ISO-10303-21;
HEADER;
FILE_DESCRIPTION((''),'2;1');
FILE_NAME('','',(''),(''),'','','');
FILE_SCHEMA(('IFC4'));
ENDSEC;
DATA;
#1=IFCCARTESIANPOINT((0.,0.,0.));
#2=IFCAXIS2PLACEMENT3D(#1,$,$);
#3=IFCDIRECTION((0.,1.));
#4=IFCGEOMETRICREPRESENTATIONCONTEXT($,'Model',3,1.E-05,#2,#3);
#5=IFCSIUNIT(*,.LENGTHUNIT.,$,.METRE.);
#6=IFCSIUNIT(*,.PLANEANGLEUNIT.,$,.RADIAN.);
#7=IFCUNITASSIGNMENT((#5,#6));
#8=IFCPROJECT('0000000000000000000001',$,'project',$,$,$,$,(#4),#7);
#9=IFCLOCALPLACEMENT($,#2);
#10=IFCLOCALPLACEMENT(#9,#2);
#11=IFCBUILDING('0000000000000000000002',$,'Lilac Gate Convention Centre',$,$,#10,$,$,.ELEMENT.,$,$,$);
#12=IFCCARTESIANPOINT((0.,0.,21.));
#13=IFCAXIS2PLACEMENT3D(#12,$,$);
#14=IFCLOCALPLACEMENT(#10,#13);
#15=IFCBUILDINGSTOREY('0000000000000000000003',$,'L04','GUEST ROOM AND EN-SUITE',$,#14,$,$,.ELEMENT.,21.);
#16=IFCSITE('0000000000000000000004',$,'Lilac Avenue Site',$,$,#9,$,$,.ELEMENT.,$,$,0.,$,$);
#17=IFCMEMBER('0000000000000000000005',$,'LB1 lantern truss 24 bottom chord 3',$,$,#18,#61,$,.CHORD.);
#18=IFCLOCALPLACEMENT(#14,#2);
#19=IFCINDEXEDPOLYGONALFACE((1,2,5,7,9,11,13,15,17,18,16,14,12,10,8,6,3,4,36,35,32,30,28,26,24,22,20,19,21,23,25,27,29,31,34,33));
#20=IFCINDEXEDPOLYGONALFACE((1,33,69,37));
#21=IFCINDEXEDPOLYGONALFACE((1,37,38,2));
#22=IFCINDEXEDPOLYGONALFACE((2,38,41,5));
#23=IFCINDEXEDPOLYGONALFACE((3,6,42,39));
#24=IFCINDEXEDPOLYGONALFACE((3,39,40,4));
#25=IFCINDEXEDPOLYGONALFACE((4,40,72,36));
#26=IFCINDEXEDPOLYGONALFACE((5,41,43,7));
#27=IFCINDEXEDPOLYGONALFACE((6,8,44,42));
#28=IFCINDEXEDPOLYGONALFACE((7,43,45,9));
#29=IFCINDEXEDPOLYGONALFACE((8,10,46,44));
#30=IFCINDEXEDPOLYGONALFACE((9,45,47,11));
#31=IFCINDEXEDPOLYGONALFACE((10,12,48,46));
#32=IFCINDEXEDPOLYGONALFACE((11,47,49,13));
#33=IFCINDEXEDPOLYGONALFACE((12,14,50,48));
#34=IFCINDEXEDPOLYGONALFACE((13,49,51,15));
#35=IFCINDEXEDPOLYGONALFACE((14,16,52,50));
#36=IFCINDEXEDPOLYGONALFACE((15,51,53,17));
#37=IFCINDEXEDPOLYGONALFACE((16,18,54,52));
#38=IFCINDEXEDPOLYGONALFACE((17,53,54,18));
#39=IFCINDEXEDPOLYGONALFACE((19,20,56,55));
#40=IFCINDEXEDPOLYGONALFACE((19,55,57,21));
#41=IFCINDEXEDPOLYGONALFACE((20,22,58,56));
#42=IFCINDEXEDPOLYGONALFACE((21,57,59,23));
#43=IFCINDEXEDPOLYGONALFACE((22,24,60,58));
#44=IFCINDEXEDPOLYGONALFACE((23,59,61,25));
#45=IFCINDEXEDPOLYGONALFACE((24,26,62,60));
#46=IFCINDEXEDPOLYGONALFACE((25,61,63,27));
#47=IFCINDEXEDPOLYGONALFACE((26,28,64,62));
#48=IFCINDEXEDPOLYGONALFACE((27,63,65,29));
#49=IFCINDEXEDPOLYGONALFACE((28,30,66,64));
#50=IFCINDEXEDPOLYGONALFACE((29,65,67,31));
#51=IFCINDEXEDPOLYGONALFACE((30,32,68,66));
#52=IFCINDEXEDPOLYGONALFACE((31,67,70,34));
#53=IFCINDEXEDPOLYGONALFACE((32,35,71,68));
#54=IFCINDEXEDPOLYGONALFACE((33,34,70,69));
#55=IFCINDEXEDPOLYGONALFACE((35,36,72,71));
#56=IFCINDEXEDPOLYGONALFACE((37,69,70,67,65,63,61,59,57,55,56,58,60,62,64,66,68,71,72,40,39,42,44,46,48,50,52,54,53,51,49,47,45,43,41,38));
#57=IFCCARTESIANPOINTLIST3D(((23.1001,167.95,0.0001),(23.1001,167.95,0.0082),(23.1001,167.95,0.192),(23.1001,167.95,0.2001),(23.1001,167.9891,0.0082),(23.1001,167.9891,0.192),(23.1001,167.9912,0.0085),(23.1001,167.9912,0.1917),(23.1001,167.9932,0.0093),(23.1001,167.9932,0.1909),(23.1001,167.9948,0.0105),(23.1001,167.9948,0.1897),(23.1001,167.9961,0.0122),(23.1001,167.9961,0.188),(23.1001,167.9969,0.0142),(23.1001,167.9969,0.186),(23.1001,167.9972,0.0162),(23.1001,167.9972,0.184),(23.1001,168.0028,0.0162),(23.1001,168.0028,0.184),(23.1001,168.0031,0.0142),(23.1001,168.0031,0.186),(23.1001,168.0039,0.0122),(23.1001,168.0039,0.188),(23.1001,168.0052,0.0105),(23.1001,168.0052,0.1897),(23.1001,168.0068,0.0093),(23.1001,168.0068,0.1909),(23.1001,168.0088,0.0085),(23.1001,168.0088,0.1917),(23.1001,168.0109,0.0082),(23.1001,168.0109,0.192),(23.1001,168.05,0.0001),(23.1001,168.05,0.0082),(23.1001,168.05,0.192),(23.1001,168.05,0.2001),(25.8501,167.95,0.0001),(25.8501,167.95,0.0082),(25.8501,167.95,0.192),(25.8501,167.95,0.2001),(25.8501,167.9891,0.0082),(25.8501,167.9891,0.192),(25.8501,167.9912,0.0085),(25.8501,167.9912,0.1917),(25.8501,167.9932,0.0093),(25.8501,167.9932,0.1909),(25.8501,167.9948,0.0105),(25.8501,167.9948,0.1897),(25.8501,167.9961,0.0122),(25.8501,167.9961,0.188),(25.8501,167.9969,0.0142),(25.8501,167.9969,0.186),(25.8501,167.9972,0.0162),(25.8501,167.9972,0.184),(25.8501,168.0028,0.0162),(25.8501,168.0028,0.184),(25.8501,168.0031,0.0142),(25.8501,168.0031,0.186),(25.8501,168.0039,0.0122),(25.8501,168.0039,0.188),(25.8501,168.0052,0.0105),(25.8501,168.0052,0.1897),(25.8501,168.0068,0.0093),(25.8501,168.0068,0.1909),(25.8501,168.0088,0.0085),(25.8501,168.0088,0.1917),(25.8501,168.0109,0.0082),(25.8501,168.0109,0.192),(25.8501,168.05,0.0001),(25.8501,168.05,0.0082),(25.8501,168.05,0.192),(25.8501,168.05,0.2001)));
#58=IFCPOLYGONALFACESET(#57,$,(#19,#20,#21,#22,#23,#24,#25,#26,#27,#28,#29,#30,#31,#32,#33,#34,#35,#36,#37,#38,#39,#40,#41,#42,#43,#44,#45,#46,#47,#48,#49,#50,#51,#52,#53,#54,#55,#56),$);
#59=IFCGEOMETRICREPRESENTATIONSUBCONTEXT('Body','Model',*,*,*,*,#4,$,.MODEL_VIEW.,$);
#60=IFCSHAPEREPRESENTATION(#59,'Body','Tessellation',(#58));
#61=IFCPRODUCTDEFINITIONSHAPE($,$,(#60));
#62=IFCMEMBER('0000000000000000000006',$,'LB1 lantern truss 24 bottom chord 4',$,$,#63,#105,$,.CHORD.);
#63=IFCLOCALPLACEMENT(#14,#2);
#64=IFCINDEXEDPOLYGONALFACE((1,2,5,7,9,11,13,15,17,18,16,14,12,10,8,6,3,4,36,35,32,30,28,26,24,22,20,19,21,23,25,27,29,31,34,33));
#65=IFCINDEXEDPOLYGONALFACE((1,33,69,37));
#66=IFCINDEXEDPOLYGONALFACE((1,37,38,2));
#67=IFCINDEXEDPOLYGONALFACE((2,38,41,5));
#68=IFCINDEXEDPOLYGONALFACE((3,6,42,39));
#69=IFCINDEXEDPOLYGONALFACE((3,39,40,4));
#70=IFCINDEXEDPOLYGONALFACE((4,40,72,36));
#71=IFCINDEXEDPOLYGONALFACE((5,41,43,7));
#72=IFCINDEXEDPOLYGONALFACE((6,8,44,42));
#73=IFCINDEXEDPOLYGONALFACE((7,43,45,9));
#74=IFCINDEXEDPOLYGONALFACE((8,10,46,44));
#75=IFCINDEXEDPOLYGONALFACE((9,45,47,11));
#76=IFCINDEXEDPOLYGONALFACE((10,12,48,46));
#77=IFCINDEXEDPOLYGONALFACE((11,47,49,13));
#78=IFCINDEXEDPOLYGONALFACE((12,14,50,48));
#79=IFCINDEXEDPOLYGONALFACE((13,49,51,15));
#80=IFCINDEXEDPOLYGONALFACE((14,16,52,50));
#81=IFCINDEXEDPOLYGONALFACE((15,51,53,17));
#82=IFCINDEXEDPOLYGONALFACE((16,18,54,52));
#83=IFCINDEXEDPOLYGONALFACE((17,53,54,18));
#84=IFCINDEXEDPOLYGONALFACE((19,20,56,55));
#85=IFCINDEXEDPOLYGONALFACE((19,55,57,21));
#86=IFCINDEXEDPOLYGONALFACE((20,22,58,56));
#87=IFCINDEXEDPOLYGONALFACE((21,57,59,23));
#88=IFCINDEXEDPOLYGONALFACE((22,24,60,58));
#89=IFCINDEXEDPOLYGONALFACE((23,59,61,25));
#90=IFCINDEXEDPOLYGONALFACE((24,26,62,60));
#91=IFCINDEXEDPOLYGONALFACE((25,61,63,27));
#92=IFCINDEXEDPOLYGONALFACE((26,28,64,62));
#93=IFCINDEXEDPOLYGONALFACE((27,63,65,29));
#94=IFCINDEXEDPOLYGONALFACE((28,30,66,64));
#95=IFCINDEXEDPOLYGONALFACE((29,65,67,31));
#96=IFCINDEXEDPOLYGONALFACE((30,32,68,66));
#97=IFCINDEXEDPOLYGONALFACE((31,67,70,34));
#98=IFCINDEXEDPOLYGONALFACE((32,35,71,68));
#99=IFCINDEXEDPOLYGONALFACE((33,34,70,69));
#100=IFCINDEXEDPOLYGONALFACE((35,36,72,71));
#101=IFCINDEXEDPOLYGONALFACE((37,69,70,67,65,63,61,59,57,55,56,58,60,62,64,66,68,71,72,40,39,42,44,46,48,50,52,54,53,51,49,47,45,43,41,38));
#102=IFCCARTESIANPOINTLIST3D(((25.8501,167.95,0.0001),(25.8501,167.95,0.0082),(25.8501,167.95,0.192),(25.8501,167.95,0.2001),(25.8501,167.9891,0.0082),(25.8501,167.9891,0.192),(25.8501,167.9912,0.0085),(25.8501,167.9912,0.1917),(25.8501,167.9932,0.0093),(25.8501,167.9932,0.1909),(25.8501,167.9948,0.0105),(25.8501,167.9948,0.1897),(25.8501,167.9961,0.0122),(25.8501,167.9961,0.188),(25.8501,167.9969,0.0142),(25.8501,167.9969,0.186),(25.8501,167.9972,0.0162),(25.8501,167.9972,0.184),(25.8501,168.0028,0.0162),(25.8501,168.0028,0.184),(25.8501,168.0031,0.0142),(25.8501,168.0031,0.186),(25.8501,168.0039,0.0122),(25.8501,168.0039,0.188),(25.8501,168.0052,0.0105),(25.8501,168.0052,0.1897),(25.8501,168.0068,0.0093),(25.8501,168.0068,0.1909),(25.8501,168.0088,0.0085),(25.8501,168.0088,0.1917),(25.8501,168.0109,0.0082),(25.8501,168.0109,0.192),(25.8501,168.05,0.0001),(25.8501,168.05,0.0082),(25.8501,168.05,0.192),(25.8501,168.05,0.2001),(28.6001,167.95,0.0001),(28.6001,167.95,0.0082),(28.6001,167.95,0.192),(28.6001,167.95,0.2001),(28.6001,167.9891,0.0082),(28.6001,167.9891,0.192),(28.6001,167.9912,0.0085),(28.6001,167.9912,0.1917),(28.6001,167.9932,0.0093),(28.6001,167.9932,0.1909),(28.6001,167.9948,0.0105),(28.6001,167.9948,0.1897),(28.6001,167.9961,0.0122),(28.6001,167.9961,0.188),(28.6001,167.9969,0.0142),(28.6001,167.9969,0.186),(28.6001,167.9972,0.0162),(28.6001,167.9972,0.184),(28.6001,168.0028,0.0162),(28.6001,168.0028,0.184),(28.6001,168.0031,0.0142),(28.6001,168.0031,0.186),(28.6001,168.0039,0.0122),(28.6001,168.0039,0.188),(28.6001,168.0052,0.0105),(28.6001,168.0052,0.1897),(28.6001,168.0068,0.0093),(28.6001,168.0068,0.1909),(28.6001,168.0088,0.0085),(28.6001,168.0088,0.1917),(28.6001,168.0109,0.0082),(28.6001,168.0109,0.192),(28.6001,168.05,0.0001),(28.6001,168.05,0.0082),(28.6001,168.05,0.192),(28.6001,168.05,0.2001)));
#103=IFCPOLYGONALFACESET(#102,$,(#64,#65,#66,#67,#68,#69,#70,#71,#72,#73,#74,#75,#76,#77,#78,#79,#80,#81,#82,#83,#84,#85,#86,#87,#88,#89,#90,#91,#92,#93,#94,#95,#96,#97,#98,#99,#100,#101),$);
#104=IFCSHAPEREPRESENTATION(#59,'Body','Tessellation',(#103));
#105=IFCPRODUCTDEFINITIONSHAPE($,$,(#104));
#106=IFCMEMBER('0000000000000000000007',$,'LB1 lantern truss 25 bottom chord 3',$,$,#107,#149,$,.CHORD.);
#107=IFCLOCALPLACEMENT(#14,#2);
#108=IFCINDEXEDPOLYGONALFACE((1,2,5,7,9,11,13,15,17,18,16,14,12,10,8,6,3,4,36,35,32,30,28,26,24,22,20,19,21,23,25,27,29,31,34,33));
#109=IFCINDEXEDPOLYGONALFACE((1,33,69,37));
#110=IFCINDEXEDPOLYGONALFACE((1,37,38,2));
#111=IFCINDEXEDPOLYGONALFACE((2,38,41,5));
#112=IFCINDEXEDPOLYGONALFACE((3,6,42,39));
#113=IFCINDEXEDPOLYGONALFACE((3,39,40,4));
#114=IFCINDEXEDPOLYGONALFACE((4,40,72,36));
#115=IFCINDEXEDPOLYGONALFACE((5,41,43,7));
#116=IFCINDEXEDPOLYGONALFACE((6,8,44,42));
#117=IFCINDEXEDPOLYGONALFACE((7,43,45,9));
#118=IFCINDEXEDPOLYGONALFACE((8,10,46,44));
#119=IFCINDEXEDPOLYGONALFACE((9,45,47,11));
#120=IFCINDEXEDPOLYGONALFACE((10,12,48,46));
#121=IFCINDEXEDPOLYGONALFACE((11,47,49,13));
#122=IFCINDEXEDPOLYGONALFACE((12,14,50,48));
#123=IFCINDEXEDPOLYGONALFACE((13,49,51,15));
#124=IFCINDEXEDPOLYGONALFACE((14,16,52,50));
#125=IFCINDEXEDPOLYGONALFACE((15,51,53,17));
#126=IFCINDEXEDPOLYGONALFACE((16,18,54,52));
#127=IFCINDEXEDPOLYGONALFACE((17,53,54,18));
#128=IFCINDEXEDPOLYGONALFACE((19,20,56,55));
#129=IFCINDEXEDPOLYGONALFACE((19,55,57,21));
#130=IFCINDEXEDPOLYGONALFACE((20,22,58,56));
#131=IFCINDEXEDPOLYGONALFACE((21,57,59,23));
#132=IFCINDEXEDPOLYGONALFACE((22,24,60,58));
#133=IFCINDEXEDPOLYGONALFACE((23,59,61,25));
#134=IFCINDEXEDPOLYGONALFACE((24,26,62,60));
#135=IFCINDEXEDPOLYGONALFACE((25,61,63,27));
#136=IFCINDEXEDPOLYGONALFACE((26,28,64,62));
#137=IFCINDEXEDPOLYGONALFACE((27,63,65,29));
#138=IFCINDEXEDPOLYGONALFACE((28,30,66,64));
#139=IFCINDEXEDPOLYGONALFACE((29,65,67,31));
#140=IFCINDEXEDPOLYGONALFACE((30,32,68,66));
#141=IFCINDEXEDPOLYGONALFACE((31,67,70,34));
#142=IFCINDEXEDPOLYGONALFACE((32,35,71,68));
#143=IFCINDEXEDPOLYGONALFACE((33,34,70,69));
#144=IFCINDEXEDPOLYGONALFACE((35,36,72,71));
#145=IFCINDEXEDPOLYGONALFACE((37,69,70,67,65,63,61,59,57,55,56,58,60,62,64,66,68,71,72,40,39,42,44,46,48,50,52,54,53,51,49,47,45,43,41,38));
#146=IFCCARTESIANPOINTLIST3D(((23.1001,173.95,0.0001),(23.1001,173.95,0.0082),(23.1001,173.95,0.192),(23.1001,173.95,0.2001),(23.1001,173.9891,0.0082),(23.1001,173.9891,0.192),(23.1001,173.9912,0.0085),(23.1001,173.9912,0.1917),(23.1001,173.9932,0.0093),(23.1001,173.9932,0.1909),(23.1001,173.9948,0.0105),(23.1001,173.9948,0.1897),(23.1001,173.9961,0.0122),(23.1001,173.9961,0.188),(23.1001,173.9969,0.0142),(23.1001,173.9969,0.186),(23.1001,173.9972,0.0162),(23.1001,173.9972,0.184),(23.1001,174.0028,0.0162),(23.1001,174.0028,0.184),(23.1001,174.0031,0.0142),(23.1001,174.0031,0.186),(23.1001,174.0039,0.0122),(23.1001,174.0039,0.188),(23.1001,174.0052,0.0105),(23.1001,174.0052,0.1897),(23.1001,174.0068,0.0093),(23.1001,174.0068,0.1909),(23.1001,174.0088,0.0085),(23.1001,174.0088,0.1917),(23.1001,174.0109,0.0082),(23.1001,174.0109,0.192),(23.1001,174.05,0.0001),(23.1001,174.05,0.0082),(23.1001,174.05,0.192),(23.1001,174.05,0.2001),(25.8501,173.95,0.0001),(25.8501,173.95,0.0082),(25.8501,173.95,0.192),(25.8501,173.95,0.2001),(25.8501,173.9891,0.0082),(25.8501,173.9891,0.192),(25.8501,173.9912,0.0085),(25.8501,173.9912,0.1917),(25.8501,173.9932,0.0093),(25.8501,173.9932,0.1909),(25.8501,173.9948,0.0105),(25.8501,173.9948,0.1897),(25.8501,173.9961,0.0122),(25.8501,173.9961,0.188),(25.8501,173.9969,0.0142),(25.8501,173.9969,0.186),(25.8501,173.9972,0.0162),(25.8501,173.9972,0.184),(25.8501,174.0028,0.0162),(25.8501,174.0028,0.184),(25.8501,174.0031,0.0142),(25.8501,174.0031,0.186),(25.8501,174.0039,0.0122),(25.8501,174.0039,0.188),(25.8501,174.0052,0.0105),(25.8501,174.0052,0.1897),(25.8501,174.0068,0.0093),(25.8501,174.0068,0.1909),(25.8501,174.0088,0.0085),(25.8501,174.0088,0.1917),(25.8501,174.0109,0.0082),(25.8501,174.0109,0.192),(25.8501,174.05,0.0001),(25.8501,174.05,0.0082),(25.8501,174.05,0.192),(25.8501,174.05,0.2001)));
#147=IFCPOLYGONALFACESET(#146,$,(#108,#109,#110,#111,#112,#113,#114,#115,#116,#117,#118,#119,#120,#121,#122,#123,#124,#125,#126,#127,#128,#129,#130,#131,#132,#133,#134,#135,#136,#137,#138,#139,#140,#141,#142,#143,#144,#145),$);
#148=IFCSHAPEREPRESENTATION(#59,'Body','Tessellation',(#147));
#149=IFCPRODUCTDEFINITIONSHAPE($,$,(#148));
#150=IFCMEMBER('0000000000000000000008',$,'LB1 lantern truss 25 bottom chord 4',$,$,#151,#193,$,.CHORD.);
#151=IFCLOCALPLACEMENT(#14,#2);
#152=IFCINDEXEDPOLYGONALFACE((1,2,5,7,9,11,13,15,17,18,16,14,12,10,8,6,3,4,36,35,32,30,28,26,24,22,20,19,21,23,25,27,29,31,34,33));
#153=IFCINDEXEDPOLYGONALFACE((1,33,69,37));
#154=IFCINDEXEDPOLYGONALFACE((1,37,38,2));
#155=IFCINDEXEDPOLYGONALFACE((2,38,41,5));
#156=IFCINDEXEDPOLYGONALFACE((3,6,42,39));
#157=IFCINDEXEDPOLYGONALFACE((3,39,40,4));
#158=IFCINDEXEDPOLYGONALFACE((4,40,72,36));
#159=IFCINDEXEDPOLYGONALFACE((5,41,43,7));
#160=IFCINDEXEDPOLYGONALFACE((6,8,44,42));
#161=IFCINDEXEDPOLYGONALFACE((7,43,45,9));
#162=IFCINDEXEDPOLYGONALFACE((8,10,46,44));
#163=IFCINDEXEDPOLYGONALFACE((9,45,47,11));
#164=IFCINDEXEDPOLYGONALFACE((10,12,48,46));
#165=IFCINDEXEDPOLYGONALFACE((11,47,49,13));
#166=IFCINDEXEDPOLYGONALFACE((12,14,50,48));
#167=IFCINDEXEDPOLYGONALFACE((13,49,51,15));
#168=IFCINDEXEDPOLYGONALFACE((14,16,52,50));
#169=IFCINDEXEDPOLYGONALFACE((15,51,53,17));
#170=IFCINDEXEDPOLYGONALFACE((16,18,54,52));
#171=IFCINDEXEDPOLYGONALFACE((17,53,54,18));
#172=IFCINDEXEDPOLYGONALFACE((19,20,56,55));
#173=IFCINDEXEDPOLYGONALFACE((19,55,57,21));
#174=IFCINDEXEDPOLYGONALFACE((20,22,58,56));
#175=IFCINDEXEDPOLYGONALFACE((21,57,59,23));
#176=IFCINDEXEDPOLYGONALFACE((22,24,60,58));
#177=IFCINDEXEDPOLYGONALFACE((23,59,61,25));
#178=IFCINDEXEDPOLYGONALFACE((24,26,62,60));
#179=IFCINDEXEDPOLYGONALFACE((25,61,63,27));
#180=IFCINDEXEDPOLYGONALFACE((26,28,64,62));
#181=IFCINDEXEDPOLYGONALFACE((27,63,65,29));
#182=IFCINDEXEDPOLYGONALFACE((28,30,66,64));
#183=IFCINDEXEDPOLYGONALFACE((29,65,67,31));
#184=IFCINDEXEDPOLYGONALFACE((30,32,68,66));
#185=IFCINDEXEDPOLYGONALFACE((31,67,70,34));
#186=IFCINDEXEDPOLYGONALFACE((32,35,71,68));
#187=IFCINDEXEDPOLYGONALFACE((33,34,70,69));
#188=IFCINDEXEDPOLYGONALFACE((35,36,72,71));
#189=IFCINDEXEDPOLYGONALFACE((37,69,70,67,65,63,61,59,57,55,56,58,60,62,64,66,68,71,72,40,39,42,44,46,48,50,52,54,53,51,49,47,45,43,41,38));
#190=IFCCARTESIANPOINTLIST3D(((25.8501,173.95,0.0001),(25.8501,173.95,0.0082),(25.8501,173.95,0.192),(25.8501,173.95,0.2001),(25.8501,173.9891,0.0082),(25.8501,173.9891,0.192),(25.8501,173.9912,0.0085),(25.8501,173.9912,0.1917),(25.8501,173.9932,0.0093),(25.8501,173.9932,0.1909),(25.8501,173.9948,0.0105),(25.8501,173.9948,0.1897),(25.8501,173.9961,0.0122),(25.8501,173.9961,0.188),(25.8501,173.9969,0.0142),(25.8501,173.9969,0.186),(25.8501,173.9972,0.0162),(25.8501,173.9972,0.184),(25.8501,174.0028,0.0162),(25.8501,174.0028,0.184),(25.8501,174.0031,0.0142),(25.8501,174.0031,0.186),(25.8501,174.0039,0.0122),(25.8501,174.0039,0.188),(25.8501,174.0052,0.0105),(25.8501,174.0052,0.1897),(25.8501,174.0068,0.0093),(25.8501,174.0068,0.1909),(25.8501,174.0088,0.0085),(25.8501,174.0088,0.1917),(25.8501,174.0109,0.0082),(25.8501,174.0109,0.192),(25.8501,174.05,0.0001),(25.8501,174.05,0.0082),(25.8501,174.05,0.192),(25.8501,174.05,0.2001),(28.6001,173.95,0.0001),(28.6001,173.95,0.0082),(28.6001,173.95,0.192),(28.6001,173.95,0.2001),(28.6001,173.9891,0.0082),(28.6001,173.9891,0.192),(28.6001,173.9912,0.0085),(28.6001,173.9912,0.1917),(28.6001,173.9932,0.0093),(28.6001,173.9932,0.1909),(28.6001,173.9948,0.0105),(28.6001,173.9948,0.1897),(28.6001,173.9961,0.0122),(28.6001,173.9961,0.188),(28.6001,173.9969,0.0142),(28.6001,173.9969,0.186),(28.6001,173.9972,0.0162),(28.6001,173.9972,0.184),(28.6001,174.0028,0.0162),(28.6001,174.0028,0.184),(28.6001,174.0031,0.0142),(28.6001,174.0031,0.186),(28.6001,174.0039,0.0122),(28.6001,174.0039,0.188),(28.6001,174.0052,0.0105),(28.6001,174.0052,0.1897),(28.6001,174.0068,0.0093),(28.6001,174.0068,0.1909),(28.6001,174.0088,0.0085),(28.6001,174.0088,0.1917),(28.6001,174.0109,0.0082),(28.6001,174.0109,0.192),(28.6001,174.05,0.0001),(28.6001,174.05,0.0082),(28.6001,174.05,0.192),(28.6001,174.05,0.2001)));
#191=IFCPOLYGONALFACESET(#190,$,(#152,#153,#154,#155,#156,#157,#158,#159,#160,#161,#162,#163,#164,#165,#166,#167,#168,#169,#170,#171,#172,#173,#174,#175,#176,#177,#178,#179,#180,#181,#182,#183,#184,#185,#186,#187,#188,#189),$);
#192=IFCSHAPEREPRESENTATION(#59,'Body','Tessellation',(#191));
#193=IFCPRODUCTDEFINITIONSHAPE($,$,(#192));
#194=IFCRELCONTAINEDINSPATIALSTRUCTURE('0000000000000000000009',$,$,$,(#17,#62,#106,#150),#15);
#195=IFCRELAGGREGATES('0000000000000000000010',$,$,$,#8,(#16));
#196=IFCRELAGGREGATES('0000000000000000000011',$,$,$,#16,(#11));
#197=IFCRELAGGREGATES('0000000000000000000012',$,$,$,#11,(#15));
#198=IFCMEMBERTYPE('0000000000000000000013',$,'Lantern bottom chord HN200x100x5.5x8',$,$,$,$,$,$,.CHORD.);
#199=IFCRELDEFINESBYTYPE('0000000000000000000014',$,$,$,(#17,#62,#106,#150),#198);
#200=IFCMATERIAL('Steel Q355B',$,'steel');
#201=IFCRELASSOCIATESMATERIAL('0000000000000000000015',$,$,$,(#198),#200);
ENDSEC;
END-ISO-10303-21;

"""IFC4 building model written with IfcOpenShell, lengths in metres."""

from ifc_helpers import new_model, si_unit, direction, frame, origin, origin_2d, place, context, subcontext, project, spatial, i_section, extrude, material, material_profile, profile_set, type_object, element, save


model = new_model("IFC4")

# Units and contexts
model_context = context("Model", 3, precision=1e-05, world=origin(), true_north=direction((0.0, 1.0)))
body_context = subcontext(model_context, "Body", "Model", "MODEL_VIEW")
ifc_project = project(units=[si_unit("LENGTHUNIT", "METRE"), si_unit("PLANEANGLEUNIT", "RADIAN")], contexts=[model_context])

# Site, building, storey
site_placement = place(None, origin())
site = spatial("IfcSite", under=ifc_project, at=site_placement, Name="Lilac Avenue Site", CompositionType="ELEMENT", RefElevation=0.0)
building_placement = place(site_placement, origin())
building = spatial("IfcBuilding", under=site, at=building_placement, Name="Lilac Gate Convention Centre", CompositionType="ELEMENT")
storey_placement = place(building_placement, frame((0.0, 0.0, 21.0)))
storey = spatial("IfcBuildingStorey", under=building, at=storey_placement, Name="L04", Description="GUEST ROOM AND EN-SUITE", CompositionType="ELEMENT", Elevation=21.0)

# Members
ifc_material_1 = material(Name="Steel Q355B", Category="steel")
ifc_material_profile_1 = material_profile(ifc_material_1, i_section(OverallWidth=0.1001, OverallDepth=0.2, WebThickness=0.0056, FlangeThickness=0.0081, FilletRadius=0.0081, at=origin_2d()), Name="HN200x100x5.5x8")
ifc_profile_set_1 = profile_set([ifc_material_profile_1], Name="Steel Q355B")
member_type_1 = type_object("IfcMemberType", Name="Lantern bottom chord HN200x100x5.5x8", PredefinedType="CHORD", material=ifc_profile_set_1)
for number, where, z_axis, x_axis, name in (
    (1, (23.1001, 168.0, 0.1001), (1.0, 0.0, 0.0), (0.0, 1.0, 0.0), "LB1 lantern truss 24 bottom chord 3"),
    (2, (25.8501, 168.0, 0.1001), (1.0, 0.0, 0.0), (0.0, 1.0, 0.0), "LB1 lantern truss 24 bottom chord 4"),
    (3, (23.1001, 174.0, 0.1001), (1.0, 0.0, 0.0), (0.0, 1.0, 0.0), "LB1 lantern truss 25 bottom chord 3"),
    (4, (25.8501, 174.0, 0.1001), (1.0, 0.0, 0.0), (0.0, 1.0, 0.0), "LB1 lantern truss 25 bottom chord 4"),
):
    element("IfcMember", number, at=place(storey_placement, frame(where, z_axis=z_axis, x_axis=x_axis)), inside=storey, type_object=member_type_1, Name=name, PredefinedType="CHORD", context=body_context, shape_type="SweptSolid", body=[
        extrude(i_section(OverallWidth=0.1001, OverallDepth=0.2, WebThickness=0.0056, FlangeThickness=0.0081, FilletRadius=0.0081, at=origin_2d()), origin(), (0.0, 0.0, 1.0), 2.75),
    ])

save(model, "model.ifc")
